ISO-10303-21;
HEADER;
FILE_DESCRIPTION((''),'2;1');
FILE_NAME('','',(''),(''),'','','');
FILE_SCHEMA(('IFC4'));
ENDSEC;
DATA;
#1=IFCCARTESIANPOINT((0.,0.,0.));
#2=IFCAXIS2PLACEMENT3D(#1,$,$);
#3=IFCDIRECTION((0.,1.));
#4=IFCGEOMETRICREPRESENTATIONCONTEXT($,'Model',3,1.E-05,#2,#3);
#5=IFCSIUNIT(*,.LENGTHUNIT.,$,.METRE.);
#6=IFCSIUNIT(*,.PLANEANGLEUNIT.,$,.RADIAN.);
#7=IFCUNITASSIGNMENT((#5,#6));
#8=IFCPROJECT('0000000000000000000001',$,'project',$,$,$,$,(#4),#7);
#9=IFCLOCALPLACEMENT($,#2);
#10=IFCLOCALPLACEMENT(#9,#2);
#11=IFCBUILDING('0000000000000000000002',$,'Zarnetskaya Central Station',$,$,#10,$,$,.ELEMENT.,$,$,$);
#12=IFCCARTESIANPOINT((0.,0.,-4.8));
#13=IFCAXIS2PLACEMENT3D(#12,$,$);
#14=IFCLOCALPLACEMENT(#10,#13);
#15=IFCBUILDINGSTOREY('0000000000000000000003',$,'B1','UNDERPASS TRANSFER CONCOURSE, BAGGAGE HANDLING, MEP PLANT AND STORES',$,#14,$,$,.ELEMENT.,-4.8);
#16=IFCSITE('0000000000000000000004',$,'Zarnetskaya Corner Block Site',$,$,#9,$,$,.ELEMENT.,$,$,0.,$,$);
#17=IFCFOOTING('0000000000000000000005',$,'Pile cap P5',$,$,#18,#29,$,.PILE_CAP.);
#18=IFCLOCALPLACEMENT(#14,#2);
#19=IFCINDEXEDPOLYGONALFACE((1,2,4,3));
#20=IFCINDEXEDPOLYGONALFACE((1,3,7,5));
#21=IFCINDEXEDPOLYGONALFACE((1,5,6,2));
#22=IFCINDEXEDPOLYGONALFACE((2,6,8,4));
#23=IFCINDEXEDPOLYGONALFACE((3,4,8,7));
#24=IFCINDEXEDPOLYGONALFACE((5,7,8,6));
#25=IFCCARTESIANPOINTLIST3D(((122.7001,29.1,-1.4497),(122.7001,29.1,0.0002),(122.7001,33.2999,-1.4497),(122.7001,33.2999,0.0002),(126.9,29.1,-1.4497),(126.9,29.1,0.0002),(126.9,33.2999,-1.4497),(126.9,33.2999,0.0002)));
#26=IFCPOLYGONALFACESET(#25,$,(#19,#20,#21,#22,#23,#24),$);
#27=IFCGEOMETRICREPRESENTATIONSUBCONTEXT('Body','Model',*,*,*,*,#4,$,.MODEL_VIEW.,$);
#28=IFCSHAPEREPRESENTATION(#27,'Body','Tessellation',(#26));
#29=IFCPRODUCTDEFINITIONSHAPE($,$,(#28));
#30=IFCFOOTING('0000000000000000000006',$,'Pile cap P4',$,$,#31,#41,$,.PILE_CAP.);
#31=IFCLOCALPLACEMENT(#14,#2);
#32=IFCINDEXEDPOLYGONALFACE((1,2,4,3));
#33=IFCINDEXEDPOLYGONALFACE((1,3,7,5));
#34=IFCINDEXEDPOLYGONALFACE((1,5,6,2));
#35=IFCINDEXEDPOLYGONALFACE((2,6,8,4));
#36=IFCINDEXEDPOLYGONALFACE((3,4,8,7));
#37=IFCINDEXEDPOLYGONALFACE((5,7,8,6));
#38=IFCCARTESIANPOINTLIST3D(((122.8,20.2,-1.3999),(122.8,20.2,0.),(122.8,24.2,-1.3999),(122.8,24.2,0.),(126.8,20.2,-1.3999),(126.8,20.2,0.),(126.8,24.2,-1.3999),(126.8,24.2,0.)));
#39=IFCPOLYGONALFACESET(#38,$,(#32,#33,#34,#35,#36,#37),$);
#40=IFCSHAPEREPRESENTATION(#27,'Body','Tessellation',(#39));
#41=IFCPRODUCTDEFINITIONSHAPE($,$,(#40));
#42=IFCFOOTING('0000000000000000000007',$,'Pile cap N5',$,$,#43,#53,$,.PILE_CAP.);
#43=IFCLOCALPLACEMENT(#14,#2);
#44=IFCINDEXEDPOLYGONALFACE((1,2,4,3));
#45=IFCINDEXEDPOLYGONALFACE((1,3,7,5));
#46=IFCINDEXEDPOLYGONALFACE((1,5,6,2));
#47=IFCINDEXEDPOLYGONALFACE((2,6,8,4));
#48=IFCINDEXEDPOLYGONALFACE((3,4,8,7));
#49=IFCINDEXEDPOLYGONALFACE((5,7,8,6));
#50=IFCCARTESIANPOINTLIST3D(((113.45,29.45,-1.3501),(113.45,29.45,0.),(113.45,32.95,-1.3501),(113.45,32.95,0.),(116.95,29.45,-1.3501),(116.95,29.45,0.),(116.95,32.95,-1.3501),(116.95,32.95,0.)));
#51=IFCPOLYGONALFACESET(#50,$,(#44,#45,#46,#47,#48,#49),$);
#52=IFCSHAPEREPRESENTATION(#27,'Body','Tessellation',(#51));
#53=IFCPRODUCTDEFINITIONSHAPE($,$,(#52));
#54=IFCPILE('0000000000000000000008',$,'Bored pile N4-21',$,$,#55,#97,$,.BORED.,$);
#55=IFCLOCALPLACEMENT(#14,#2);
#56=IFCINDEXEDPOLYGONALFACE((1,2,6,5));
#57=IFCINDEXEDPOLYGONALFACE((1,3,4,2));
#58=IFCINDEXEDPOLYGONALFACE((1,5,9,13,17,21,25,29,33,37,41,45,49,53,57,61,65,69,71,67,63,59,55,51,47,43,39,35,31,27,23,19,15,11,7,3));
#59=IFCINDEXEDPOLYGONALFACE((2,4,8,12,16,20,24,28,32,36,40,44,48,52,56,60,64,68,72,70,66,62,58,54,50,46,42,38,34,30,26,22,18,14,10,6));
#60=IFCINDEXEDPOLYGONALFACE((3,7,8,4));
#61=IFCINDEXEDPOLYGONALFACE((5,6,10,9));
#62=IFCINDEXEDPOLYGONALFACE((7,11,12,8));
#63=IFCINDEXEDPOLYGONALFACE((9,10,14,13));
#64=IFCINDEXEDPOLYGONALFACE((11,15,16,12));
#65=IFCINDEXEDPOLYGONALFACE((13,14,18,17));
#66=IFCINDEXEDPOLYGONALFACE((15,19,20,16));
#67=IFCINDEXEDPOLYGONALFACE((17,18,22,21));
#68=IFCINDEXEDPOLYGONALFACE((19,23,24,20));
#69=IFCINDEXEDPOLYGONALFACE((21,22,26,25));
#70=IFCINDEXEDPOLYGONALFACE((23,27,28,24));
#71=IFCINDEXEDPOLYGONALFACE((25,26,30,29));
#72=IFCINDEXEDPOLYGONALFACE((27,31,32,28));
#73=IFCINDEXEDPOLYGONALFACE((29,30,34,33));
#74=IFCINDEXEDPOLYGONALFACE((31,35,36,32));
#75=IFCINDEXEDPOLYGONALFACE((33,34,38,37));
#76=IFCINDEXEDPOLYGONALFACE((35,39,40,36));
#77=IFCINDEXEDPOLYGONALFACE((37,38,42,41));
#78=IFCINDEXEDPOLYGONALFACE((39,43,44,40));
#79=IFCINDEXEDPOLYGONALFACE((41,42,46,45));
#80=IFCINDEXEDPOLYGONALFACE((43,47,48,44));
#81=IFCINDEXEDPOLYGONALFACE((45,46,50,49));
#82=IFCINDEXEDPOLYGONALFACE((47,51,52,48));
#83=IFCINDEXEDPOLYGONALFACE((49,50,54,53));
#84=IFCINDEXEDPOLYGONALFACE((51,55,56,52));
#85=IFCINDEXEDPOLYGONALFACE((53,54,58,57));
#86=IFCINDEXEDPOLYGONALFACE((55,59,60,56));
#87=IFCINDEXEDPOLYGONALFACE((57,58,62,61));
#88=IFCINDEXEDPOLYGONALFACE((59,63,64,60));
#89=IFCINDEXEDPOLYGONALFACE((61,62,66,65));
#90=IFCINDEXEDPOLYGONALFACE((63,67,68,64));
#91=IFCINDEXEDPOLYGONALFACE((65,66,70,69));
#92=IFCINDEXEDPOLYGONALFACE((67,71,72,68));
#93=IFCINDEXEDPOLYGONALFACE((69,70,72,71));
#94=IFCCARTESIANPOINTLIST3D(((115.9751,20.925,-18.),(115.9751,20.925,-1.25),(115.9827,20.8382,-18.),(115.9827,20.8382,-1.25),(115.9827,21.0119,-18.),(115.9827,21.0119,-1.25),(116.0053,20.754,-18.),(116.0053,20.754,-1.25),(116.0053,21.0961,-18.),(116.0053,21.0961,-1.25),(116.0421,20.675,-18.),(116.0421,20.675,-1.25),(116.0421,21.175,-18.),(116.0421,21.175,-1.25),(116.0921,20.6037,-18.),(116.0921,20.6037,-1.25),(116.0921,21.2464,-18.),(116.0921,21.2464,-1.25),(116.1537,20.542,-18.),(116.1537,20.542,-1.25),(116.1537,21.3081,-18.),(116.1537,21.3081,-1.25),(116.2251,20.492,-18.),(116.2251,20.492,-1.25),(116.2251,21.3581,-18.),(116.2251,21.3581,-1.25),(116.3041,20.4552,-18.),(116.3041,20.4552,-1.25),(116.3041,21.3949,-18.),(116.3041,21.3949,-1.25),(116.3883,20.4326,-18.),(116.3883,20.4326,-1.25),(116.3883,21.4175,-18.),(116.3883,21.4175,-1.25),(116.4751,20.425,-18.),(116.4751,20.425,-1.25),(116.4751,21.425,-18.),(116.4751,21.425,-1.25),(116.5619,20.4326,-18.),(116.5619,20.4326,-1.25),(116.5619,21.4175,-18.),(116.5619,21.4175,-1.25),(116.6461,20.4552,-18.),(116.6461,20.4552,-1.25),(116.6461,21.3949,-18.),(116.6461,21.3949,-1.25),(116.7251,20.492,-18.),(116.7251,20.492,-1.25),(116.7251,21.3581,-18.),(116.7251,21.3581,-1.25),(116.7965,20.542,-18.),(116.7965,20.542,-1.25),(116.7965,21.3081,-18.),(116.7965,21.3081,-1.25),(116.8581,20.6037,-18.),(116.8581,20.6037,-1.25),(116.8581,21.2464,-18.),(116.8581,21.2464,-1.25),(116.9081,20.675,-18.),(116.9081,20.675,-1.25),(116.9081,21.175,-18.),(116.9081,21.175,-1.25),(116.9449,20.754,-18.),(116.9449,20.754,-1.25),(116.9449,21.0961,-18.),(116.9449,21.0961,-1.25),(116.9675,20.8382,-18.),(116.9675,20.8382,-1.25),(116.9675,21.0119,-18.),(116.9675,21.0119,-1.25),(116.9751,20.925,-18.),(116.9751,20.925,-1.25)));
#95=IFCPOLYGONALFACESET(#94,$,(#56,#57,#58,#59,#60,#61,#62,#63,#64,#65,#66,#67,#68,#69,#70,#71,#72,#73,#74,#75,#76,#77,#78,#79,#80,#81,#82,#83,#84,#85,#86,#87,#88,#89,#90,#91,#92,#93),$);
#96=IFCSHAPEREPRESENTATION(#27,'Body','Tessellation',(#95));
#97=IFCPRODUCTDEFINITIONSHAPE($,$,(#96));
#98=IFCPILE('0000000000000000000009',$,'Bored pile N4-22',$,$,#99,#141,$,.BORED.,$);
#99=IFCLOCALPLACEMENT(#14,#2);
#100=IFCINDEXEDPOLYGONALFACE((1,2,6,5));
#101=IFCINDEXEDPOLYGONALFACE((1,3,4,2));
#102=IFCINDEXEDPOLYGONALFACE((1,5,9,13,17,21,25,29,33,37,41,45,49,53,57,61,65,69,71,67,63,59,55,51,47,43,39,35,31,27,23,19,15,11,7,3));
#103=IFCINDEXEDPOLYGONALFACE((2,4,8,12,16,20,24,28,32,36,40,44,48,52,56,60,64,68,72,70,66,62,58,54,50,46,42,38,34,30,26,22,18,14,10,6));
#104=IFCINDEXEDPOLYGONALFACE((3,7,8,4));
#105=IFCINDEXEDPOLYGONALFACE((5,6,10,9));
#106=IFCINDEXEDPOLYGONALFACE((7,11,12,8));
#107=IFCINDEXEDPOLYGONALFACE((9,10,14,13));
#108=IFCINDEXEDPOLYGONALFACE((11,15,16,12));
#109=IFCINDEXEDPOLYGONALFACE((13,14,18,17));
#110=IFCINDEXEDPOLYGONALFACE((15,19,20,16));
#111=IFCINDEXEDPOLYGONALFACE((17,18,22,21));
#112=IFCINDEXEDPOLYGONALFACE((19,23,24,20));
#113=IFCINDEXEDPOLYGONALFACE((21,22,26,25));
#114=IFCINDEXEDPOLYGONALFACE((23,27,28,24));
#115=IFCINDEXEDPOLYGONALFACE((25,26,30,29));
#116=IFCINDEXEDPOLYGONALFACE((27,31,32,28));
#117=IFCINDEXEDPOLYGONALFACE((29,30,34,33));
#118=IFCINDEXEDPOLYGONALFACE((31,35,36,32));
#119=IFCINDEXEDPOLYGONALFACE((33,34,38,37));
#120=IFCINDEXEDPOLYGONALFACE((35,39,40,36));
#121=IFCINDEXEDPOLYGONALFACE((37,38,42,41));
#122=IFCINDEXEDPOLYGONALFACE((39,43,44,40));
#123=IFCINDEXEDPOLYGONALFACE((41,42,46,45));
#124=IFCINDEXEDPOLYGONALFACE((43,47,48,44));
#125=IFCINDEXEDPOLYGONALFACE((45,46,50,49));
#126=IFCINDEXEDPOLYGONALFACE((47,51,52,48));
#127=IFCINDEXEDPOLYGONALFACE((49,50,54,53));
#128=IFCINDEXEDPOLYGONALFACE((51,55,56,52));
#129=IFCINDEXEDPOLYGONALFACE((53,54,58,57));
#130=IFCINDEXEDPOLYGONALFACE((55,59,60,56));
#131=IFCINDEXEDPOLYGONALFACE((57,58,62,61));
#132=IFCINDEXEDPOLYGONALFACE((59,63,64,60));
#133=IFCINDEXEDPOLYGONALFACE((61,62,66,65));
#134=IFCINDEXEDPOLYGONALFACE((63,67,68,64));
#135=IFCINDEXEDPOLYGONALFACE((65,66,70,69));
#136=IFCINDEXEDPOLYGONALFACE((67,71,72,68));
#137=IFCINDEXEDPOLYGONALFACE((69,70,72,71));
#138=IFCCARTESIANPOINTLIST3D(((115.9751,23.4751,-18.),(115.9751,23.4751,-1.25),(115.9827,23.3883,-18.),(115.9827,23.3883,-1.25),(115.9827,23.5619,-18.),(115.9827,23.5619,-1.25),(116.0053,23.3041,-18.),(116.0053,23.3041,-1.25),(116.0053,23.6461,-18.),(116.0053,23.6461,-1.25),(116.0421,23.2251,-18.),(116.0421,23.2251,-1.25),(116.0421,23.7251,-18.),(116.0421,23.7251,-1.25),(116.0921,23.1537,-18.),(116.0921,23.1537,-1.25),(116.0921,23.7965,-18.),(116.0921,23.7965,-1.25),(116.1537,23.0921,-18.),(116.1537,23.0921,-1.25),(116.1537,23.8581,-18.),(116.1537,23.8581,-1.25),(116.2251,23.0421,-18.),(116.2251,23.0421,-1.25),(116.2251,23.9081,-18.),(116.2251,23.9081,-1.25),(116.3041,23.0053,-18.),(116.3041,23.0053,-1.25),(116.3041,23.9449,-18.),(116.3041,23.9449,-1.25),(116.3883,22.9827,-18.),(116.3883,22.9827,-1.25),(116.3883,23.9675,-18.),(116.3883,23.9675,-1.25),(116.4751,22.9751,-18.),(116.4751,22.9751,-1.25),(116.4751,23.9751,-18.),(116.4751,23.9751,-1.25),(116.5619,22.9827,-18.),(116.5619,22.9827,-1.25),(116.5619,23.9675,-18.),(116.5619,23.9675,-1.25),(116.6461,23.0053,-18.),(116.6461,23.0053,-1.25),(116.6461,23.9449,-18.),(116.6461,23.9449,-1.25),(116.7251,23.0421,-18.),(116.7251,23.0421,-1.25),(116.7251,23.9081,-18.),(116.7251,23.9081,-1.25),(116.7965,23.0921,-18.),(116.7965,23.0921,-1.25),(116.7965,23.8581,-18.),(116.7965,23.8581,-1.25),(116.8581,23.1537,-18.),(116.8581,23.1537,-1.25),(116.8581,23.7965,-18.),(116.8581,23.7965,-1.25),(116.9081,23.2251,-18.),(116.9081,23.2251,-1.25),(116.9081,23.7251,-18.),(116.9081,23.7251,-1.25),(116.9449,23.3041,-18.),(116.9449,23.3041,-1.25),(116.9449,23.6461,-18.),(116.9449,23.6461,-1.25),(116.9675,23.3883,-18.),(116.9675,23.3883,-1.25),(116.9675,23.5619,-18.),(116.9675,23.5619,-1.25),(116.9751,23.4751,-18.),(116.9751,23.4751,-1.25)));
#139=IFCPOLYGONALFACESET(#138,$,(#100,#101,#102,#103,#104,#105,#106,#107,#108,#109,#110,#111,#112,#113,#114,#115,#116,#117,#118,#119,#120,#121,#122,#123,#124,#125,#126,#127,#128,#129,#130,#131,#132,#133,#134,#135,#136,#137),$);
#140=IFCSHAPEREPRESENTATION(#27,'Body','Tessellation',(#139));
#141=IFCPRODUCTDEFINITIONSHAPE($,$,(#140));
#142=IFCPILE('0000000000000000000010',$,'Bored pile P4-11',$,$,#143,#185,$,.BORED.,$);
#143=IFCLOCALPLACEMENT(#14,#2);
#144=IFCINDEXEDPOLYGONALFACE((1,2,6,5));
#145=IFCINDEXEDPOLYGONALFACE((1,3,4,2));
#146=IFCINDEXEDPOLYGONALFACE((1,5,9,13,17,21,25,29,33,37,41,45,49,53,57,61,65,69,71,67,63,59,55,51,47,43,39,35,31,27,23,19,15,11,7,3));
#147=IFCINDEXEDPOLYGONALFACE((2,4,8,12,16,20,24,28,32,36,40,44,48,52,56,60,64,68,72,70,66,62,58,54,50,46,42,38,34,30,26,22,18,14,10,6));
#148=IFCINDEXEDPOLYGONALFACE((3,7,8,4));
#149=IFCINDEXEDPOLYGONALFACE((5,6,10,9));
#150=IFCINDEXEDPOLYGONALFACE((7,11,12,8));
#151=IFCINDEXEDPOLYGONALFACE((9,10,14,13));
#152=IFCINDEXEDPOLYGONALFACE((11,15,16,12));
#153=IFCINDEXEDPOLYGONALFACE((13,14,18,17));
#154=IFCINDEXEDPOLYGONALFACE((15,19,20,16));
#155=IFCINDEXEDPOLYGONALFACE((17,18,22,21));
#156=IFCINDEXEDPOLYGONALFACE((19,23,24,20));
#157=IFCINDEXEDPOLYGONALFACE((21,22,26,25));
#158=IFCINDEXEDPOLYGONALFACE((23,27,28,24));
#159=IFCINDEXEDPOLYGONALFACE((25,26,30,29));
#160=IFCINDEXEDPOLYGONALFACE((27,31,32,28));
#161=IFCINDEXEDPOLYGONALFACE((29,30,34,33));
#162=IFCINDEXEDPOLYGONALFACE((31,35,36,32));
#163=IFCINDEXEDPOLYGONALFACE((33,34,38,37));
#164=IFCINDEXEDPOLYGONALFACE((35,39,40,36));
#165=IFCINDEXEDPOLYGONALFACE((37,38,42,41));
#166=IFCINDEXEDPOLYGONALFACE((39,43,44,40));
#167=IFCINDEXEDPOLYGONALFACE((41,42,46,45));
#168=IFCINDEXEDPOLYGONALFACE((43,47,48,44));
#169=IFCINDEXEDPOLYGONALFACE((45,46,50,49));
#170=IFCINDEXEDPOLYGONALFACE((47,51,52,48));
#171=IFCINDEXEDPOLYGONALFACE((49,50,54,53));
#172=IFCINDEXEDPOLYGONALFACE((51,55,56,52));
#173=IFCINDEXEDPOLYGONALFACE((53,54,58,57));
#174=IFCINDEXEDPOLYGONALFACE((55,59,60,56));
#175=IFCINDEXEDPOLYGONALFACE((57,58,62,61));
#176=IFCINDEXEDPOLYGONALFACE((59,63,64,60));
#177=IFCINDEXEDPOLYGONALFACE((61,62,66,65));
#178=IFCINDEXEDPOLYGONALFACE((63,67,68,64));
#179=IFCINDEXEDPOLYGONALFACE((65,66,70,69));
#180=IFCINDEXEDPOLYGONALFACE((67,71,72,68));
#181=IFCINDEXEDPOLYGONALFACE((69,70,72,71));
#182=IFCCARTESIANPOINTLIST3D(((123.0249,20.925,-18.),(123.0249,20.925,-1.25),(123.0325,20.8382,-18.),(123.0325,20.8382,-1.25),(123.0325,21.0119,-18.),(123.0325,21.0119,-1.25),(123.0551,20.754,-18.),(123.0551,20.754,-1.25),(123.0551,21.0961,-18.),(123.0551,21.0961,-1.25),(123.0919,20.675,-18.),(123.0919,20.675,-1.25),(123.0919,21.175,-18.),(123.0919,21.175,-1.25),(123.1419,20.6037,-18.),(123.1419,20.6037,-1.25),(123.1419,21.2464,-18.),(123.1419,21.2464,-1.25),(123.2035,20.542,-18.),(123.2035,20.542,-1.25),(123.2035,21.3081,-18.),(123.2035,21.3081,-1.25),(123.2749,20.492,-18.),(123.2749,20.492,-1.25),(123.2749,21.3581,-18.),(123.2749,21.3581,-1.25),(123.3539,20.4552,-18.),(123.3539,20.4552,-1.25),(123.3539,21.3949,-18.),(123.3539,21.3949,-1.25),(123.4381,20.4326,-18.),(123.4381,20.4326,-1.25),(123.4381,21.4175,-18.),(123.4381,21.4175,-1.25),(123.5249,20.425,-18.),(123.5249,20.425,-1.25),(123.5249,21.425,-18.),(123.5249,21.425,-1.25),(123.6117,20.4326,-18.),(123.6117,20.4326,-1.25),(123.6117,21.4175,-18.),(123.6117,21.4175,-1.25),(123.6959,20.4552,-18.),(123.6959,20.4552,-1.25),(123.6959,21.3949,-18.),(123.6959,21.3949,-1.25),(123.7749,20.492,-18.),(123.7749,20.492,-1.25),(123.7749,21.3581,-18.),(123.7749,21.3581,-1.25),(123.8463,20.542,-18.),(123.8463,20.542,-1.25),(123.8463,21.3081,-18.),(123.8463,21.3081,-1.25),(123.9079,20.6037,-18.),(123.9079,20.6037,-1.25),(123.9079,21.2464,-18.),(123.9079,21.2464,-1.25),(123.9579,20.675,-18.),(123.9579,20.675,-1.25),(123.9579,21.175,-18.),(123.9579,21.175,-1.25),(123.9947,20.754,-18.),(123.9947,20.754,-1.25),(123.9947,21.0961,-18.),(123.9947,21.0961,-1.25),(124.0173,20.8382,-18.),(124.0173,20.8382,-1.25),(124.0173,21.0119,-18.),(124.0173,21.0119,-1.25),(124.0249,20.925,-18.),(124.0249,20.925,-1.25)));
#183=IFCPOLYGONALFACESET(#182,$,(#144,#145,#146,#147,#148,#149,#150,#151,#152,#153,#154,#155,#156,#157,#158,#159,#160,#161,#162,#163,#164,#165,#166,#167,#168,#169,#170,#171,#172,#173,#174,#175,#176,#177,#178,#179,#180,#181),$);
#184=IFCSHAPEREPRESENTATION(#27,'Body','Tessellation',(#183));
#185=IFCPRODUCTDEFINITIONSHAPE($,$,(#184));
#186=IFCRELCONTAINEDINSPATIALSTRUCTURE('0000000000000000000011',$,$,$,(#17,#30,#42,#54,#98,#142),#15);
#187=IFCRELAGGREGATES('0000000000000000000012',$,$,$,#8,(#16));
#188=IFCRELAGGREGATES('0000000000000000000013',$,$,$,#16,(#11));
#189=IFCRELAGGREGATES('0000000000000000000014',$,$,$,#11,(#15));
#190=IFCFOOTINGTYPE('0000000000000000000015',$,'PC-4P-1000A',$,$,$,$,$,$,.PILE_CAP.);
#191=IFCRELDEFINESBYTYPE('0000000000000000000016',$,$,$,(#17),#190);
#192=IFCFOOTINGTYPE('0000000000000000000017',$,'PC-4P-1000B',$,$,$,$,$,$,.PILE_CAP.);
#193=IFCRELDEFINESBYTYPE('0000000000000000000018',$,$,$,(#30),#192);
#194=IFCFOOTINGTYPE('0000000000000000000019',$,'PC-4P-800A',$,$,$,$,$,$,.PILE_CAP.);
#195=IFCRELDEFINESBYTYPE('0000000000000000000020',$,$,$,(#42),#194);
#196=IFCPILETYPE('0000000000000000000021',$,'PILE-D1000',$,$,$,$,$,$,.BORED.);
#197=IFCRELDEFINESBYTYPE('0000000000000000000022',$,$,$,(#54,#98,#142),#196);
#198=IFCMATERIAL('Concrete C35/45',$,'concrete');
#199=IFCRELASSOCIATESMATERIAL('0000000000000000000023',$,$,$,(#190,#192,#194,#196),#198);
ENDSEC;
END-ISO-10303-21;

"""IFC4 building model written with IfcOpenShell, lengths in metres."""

from ifc_helpers import new_model, si_unit, direction, frame, origin, origin_2d, place, context, subcontext, project, spatial, rectangle, circle, extrude, material, material_profile, profile_set, type_object, element, save


model = new_model("IFC4")

# Units and contexts
model_context = context("Model", 3, precision=1e-05, world=origin(), true_north=direction((0.0, 1.0)))
body_context = subcontext(model_context, "Body", "Model", "MODEL_VIEW")
ifc_project = project(units=[si_unit("LENGTHUNIT", "METRE"), si_unit("PLANEANGLEUNIT", "RADIAN")], contexts=[model_context])

# Site, building, storey
site_placement = place(None, origin())
site = spatial("IfcSite", under=ifc_project, at=site_placement, Name="Zarnetskaya Corner Block Site", CompositionType="ELEMENT", RefElevation=0.0)
building_placement = place(site_placement, origin())
building = spatial("IfcBuilding", under=site, at=building_placement, Name="Zarnetskaya Central Station", CompositionType="ELEMENT")
storey_placement = place(building_placement, frame((0.0, 0.0, -4.8)))
storey = spatial("IfcBuildingStorey", under=building, at=storey_placement, Name="B1", Description="UNDERPASS TRANSFER CONCOURSE, BAGGAGE HANDLING, MEP PLANT AND STORES", CompositionType="ELEMENT", Elevation=-4.8)

# Footings
ifc_material_1 = material(Name="Concrete C35/45", Category="concrete")
footing_type_1 = type_object("IfcFootingType", Name="PC-4P-1000A", PredefinedType="PILE_CAP", material=ifc_material_1)
footing_1_placement = place(storey_placement, frame((124.8, 31.2, -1.4497), z_axis=(0.0, 0.0, 1.0), x_axis=(1.0, 0.0, 0.0)))
element("IfcFooting", 1, at=footing_1_placement, inside=storey, type_object=footing_type_1, Name="Pile cap P5", PredefinedType="PILE_CAP", context=body_context, shape_type="SweptSolid", body=[
    extrude(rectangle(XDim=4.2, YDim=4.2, at=origin_2d()), origin(), (0.0, 0.0, 1.0), 1.45),
])
footing_type_2 = type_object("IfcFootingType", Name="PC-4P-1000B", PredefinedType="PILE_CAP", material=ifc_material_1)
footing_2_placement = place(storey_placement, frame((124.8, 22.2, -1.3999), z_axis=(0.0, 0.0, 1.0), x_axis=(1.0, 0.0, 0.0)))
element("IfcFooting", 2, at=footing_2_placement, inside=storey, type_object=footing_type_2, Name="Pile cap P4", PredefinedType="PILE_CAP", context=body_context, shape_type="SweptSolid", body=[
    extrude(rectangle(XDim=4.0, YDim=4.0, at=origin_2d()), origin(), (0.0, 0.0, 1.0), 1.3999),
])
footing_type_3 = type_object("IfcFootingType", Name="PC-4P-800A", PredefinedType="PILE_CAP", material=ifc_material_1)
footing_3_placement = place(storey_placement, frame((115.2, 31.2, -1.3501), z_axis=(0.0, 0.0, 1.0), x_axis=(1.0, 0.0, 0.0)))
element("IfcFooting", 3, at=footing_3_placement, inside=storey, type_object=footing_type_3, Name="Pile cap N5", PredefinedType="PILE_CAP", context=body_context, shape_type="SweptSolid", body=[
    extrude(rectangle(XDim=3.5, YDim=3.5, at=origin_2d()), origin(), (0.0, 0.0, 1.0), 1.3501),
])

# Piles
ifc_material_profile_1 = material_profile(ifc_material_1, circle(Radius=0.5, at=origin_2d()), Name="BORED PILE D1000")
ifc_profile_set_1 = profile_set([ifc_material_profile_1], Name="Concrete C35/45")
pile_type_1 = type_object("IfcPileType", Name="PILE-D1000", PredefinedType="BORED", material=ifc_profile_set_1)
for number, where, z_axis, x_axis, name in (
    (4, (116.4751, 20.925, -1.25), (0.0, 0.0, -1.0), (1.0, 0.0, 0.0), "Bored pile N4-21"),
    (5, (116.4751, 23.4751, -1.25), (0.0, 0.0, -1.0), (1.0, 0.0, 0.0), "Bored pile N4-22"),
    (6, (123.5249, 20.925, -1.25), (0.0, 0.0, -1.0), (1.0, 0.0, 0.0), "Bored pile P4-11"),
):
    element("IfcPile", number, at=place(storey_placement, frame(where, z_axis=z_axis, x_axis=x_axis)), inside=storey, type_object=pile_type_1, Name=name, PredefinedType="BORED", context=body_context, shape_type="SweptSolid", body=[
        extrude(circle(Radius=0.5, at=origin_2d()), origin(), (0.0, 0.0, 1.0), 16.75),
    ])

save(model, "model.ifc")
